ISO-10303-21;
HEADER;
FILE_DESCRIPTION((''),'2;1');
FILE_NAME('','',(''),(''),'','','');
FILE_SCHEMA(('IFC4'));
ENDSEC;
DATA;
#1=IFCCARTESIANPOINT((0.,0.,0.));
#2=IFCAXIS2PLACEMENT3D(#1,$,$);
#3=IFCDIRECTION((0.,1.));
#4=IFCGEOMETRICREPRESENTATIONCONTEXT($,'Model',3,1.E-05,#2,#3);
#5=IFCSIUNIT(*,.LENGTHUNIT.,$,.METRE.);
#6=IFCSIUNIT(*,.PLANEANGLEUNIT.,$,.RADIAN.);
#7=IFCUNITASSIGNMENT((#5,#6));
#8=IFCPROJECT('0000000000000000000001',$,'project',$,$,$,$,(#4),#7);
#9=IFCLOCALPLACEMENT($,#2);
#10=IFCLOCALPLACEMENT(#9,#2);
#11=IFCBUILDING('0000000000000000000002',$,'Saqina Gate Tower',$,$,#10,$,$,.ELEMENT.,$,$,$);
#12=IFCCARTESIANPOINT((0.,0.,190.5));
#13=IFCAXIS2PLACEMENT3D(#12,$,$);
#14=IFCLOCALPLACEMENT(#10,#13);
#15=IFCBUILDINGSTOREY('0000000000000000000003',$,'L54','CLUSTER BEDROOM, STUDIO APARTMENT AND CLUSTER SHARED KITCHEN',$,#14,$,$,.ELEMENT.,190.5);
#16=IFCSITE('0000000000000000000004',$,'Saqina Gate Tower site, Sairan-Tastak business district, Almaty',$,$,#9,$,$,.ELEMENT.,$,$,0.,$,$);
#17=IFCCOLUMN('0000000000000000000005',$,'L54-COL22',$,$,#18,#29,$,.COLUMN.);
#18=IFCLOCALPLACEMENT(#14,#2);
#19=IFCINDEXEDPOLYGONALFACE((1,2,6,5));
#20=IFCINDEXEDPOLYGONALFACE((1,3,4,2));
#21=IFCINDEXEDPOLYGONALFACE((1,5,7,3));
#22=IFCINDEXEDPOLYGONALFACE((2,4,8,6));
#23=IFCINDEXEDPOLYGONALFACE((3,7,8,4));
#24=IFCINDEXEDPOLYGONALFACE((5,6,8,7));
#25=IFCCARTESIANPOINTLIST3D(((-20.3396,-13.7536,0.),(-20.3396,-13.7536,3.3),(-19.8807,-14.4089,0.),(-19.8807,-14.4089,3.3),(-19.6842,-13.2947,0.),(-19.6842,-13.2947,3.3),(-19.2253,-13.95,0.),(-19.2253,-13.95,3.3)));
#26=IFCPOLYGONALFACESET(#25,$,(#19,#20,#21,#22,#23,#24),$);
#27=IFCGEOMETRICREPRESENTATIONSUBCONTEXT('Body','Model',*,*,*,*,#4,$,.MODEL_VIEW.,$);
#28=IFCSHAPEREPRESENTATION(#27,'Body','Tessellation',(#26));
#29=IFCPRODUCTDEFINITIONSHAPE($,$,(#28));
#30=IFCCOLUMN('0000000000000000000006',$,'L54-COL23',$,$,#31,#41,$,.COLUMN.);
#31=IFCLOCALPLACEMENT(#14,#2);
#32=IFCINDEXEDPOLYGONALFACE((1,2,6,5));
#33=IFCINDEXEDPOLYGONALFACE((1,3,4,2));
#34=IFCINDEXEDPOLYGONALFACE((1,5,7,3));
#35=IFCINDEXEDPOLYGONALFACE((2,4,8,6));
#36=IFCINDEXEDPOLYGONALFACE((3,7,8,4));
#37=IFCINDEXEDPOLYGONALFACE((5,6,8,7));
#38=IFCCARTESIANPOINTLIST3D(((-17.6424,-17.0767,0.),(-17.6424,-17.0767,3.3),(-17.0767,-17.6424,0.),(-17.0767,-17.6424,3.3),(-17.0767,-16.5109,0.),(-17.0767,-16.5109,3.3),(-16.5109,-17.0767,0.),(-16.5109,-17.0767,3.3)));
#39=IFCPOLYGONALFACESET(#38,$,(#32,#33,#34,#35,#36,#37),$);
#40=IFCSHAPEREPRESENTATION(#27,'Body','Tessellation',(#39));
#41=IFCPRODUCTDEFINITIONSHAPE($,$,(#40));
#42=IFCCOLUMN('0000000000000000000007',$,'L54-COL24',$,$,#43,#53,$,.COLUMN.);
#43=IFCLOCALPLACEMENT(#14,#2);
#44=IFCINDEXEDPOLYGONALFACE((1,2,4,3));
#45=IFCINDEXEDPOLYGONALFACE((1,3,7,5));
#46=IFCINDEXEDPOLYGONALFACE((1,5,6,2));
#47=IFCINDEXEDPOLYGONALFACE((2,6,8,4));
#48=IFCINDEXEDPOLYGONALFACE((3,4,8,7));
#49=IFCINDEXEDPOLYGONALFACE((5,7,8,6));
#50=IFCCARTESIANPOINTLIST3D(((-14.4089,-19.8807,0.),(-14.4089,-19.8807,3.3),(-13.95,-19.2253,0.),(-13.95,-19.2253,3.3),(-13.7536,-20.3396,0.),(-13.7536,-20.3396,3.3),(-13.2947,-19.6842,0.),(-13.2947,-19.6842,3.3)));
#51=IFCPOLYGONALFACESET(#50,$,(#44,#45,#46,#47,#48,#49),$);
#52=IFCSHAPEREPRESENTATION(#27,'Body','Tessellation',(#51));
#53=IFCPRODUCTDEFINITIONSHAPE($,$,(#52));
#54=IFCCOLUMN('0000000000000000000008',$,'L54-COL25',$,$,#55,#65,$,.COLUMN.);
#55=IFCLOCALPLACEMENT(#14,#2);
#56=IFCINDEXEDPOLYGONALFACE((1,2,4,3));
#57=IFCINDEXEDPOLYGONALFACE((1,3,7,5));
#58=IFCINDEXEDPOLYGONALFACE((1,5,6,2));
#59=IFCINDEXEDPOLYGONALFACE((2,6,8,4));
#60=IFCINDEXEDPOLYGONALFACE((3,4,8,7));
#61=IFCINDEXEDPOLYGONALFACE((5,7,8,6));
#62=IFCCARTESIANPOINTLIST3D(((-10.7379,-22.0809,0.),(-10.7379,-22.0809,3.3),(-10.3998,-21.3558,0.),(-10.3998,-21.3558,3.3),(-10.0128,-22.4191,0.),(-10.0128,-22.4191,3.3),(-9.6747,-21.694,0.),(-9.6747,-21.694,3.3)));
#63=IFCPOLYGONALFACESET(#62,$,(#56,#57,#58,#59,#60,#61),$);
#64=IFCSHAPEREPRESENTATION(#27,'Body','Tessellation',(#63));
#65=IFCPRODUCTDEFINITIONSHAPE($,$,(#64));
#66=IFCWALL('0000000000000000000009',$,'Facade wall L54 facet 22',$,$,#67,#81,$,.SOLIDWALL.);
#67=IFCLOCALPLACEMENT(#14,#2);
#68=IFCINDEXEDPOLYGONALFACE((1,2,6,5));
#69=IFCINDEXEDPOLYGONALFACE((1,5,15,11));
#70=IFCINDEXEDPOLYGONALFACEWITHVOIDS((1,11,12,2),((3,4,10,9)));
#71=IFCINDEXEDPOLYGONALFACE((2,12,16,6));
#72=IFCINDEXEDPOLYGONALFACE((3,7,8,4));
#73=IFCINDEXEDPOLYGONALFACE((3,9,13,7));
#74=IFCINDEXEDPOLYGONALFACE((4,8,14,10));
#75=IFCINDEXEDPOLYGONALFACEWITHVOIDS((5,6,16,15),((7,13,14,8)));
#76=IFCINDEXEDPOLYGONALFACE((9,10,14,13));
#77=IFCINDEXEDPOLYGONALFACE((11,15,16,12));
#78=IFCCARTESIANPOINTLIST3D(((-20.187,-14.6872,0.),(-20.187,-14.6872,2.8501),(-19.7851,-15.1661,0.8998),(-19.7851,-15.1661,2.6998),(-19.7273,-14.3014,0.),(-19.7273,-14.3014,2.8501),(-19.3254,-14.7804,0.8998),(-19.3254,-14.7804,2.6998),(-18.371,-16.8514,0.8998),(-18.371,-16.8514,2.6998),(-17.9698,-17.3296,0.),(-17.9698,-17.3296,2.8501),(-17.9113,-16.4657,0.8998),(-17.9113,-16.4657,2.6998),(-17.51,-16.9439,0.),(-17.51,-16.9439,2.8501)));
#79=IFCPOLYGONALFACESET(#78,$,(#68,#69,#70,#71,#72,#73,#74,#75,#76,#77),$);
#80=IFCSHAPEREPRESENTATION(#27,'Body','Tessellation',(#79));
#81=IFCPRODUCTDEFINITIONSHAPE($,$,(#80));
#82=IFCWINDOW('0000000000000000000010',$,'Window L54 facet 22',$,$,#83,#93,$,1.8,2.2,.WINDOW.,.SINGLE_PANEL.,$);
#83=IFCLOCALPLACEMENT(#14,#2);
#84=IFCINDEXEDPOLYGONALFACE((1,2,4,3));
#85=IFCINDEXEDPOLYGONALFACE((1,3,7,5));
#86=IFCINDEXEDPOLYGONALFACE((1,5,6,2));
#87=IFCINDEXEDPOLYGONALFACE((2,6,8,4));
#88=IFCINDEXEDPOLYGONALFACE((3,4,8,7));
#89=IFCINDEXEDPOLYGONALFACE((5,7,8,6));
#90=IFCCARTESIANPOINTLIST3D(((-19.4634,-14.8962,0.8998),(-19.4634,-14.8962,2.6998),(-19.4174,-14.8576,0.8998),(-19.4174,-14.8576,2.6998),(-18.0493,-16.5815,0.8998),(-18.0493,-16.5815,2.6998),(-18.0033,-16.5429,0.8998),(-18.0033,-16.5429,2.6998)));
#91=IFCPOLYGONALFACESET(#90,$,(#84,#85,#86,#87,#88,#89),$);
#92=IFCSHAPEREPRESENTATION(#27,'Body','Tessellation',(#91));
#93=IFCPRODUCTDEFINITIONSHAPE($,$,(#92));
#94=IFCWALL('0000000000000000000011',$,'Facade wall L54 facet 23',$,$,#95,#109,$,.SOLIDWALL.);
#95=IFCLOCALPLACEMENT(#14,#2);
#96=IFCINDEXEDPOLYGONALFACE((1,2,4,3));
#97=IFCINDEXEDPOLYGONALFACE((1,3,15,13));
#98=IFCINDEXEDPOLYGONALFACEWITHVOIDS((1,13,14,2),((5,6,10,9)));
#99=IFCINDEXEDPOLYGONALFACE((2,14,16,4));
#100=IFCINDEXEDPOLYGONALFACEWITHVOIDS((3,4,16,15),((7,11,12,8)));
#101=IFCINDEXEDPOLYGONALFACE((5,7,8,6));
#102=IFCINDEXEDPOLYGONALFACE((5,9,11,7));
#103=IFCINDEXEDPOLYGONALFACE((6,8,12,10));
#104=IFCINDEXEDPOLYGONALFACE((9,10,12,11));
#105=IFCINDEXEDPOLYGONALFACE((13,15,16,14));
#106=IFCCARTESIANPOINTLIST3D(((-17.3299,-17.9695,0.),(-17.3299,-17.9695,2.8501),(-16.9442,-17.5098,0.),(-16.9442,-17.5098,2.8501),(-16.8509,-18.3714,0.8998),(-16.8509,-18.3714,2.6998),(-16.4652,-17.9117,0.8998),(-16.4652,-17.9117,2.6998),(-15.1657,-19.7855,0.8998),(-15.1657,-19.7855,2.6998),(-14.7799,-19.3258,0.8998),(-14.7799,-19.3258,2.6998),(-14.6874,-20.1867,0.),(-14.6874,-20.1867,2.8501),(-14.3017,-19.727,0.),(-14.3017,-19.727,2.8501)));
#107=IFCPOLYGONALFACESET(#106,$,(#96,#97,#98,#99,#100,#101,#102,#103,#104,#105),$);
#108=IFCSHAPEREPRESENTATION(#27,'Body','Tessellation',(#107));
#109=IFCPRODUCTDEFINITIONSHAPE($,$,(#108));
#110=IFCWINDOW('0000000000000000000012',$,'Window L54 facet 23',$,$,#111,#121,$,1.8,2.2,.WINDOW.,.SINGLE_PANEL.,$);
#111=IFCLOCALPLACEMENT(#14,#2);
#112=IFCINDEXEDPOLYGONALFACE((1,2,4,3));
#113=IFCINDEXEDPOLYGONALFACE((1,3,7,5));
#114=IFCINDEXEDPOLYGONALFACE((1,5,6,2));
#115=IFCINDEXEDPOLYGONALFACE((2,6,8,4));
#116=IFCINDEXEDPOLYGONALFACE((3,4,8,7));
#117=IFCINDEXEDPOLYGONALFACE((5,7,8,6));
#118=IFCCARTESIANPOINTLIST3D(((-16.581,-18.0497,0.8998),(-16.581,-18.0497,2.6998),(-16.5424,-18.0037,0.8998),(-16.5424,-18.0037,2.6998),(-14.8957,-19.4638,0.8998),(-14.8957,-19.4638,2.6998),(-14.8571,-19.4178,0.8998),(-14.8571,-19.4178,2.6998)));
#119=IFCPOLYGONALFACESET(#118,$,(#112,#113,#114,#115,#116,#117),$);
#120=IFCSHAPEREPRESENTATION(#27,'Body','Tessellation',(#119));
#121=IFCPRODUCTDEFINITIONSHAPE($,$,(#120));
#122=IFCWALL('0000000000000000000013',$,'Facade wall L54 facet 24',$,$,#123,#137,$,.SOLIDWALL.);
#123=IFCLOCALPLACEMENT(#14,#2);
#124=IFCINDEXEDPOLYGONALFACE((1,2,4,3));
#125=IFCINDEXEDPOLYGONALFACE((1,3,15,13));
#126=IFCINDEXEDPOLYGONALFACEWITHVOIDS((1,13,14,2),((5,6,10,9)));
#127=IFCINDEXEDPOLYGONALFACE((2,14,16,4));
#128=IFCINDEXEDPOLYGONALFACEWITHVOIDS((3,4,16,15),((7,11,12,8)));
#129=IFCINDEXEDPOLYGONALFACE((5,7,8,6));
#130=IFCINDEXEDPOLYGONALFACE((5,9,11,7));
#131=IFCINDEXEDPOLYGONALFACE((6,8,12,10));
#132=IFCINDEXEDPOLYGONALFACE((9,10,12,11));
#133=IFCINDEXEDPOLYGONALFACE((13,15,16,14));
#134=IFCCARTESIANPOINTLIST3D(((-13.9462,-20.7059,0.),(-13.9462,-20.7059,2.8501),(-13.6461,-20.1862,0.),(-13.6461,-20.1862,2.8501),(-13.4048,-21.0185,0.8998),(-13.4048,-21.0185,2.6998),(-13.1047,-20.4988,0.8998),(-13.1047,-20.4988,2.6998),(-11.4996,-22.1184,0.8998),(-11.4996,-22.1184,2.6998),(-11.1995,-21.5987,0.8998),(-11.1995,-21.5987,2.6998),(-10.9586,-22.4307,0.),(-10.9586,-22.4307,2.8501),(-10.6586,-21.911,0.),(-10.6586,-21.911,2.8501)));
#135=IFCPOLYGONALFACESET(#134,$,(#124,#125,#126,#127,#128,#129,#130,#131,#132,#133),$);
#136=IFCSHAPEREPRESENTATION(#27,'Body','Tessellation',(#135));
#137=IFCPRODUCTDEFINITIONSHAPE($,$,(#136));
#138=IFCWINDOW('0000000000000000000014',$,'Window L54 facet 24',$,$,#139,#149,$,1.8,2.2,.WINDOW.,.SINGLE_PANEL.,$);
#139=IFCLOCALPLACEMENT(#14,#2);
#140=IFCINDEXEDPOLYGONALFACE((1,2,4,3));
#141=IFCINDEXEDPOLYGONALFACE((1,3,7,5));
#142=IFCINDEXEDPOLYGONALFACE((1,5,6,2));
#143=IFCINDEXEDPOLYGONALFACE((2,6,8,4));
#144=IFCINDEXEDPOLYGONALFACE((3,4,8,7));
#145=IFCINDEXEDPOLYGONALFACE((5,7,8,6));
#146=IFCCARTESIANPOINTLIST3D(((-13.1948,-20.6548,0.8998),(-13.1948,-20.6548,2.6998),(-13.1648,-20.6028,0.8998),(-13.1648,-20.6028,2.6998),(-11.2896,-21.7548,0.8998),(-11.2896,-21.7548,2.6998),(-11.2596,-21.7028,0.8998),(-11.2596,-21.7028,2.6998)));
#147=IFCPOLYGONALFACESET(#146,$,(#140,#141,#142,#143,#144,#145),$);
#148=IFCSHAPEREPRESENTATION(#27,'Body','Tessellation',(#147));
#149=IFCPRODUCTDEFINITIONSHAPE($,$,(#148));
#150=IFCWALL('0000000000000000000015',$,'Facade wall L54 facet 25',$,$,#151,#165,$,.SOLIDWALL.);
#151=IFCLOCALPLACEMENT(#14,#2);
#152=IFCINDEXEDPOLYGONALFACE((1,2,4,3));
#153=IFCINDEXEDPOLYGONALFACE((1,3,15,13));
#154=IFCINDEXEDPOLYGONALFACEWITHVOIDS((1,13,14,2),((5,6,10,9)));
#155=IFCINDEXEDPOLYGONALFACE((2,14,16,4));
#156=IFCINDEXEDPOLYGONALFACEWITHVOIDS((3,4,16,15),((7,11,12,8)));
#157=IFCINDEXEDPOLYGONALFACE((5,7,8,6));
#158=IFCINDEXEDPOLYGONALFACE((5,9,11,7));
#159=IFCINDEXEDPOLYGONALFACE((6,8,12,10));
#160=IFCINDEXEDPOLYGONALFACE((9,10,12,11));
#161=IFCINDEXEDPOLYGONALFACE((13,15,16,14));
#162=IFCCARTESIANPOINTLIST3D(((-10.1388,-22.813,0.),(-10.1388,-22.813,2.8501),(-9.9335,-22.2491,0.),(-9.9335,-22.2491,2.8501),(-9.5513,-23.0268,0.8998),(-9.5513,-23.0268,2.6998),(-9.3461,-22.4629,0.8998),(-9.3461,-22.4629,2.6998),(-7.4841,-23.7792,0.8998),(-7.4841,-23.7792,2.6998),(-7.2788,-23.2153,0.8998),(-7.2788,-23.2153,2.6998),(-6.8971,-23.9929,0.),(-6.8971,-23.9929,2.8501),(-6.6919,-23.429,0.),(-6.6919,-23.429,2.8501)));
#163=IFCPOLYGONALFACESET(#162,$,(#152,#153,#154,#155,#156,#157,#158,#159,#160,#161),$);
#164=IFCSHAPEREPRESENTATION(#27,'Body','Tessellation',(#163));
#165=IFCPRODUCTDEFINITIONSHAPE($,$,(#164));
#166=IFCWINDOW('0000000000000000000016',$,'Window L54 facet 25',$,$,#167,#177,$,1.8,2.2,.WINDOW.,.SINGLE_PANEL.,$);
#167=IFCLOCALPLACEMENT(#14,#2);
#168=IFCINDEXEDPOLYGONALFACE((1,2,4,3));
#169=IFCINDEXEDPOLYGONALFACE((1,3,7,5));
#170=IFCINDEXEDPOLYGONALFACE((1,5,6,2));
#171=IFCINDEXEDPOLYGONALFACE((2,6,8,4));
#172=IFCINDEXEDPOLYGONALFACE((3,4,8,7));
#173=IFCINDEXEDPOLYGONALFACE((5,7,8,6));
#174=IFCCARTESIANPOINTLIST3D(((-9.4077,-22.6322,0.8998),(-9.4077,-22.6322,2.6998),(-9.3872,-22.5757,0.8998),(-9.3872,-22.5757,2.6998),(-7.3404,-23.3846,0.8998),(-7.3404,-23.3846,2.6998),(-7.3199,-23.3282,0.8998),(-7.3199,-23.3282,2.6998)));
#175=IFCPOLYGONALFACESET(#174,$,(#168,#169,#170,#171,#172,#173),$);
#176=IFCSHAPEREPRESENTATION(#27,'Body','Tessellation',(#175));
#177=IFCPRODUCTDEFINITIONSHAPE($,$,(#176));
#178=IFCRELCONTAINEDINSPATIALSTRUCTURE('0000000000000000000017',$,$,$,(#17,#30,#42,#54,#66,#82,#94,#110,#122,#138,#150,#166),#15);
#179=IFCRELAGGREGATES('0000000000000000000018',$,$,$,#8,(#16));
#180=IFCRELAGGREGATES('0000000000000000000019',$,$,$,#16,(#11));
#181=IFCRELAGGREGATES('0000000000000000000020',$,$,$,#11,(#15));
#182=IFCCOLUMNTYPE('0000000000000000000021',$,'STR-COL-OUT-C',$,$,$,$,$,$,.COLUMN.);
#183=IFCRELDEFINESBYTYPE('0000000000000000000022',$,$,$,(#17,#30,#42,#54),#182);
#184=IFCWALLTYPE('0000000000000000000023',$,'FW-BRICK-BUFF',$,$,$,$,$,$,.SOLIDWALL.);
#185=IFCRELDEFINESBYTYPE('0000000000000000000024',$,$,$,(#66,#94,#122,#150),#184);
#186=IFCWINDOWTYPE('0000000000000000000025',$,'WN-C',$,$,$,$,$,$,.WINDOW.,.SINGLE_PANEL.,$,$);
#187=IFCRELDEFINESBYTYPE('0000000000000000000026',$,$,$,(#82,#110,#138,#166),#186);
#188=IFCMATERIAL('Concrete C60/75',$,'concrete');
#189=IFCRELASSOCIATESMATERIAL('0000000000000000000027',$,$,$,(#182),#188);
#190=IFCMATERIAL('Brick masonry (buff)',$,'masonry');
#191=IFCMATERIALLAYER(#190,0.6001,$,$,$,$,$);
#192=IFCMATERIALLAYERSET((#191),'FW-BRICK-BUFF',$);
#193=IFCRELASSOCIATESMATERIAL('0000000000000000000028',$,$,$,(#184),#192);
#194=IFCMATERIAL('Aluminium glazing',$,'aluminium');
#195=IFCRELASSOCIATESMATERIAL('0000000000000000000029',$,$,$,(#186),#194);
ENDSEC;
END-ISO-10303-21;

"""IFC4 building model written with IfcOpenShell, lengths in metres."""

from ifc_helpers import new_model, si_unit, direction, frame, frame_2d, origin, origin_2d, place, context, subcontext, project, spatial, rectangle, extrude, material, layer, layer_set, material_profile, profile_set, type_object, element, fill, save


model = new_model("IFC4")

# Units and contexts
model_context = context("Model", 3, precision=1e-05, world=origin(), true_north=direction((0.0, 1.0)))
body_context = subcontext(model_context, "Body", "Model", "MODEL_VIEW")
ifc_project = project(units=[si_unit("LENGTHUNIT", "METRE"), si_unit("PLANEANGLEUNIT", "RADIAN")], contexts=[model_context])

# Site, building, storey
site_placement = place(None, origin())
site = spatial("IfcSite", under=ifc_project, at=site_placement, Name="Saqina Gate Tower site, Sairan-Tastak business district, Almaty", CompositionType="ELEMENT", RefElevation=0.0)
building_placement = place(site_placement, origin())
building = spatial("IfcBuilding", under=site, at=building_placement, Name="Saqina Gate Tower", CompositionType="ELEMENT")
storey_placement = place(building_placement, frame((0.0, 0.0, 190.5)))
storey = spatial("IfcBuildingStorey", under=building, at=storey_placement, Name="L54", Description="CLUSTER BEDROOM, STUDIO APARTMENT AND CLUSTER SHARED KITCHEN", CompositionType="ELEMENT", Elevation=190.5)

# Columns
ifc_material_1 = material(Name="Concrete C60/75", Category="concrete")
ifc_material_profile = material_profile(ifc_material_1, rectangle(XDim=0.8, YDim=0.8, at=origin_2d()), Name="RC 800x800")
ifc_profile_set = profile_set([ifc_material_profile], Name="Concrete C60/75")
column_type = type_object("IfcColumnType", Name="STR-COL-OUT-C", PredefinedType="COLUMN", material=ifc_profile_set)
for number, where, z_axis, x_axis, name in (
    (1, (-19.7825, -13.8518, 0.0), (0.0, 0.0, 1.0), (-0.819152, -0.573576, 0.0), "L54-COL22"),
    (2, (-17.0767, -17.0767, 0.0), (0.0, 0.0, 1.0), (-0.707107, -0.707107, 0.0), "L54-COL23"),
    (3, (-13.8518, -19.7825, 0.0), (0.0, 0.0, 1.0), (-0.573576, -0.819152, 0.0), "L54-COL24"),
    (4, (-10.2063, -21.8875, 0.0), (0.0, 0.0, 1.0), (-0.422618, -0.906308, 0.0), "L54-COL25"),
):
    element("IfcColumn", number, at=place(storey_placement, frame(where, z_axis=z_axis, x_axis=x_axis)), inside=storey, type_object=column_type, Name=name, PredefinedType="COLUMN", context=body_context, shape_type="SweptSolid", body=[
        extrude(rectangle(XDim=0.8, YDim=0.8, at=origin_2d()), origin(), (0.0, 0.0, 1.0), 3.3),
    ])

# Walls, openings, windows
ifc_material_2 = material(Name="Brick masonry (buff)", Category="masonry")
ifc_layer_1 = layer(ifc_material_2, 0.6001)
ifc_layer_set_1 = layer_set([ifc_layer_1], Name="FW-BRICK-BUFF")
wall_type_1 = type_object("IfcWallType", Name="FW-BRICK-BUFF", PredefinedType="SOLIDWALL", material=ifc_layer_set_1)
wall_1_placement = place(storey_placement, frame((-19.957, -14.4944, 0.0), z_axis=(0.0, 0.0, 1.0), x_axis=(0.64277, -0.766059, 0.0)))
wall_1 = element("IfcWall", 5, at=wall_1_placement, inside=storey, type_object=wall_type_1, Name="Facade wall L54 facet 22", PredefinedType="SOLIDWALL", context=body_context, shape_type="SweptSolid", body=[
    extrude(rectangle(XDim=3.4495, YDim=0.6001, at=frame_2d((1.7246, 0.0))), origin(), (0.0, 0.0, 1.0), 2.8501),
])
opening_1_placement = place(wall_1_placement, frame((0.625, 0.0, 0.8999)))
opening_1 = element("IfcOpeningElement", 6, at=opening_1_placement, cuts=wall_1, PredefinedType="OPENING", context=body_context, shape_type="SweptSolid", body=[
    extrude(rectangle(XDim=2.2, YDim=1.8, at=frame_2d((1.1001, 0.8999))), frame((0.0, 0.312, 0.0), z_axis=(0.0, -1.0, 0.0), x_axis=(1.0, 0.0, 0.0)), (0.0, 0.0, 1.0), 0.624),
])
ifc_material_3 = material(Name="Aluminium glazing", Category="aluminium")
window_type = type_object("IfcWindowType", Name="WN-C", PartitioningType="SINGLE_PANEL", PredefinedType="WINDOW", material=ifc_material_3)
window_1_placement = place(opening_1_placement, origin())
window_1 = element("IfcWindow", 7, at=window_1_placement, inside=storey, type_object=window_type, Name="Window L54 facet 22", OverallHeight=1.8, OverallWidth=2.2, PartitioningType="SINGLE_PANEL", PredefinedType="WINDOW", context=body_context, shape_type="SweptSolid", body=[
    extrude(rectangle(XDim=2.2, YDim=1.8, at=frame_2d((1.1001, 0.8999))), frame((0.0, 0.1799, 0.0), z_axis=(0.0, -1.0, 0.0), x_axis=(1.0, 0.0, 0.0)), (0.0, 0.0, 1.0), 0.0601),
])
fill(opening_1, window_1)
wall_2_placement = place(storey_placement, frame((-17.137, -17.7397, 0.0), z_axis=(0.0, 0.0, 1.0), x_axis=(0.766059, -0.64277, 0.0)))
wall_2 = element("IfcWall", 8, at=wall_2_placement, inside=storey, type_object=wall_type_1, Name="Facade wall L54 facet 23", PredefinedType="SOLIDWALL", context=body_context, shape_type="SweptSolid", body=[
    extrude(rectangle(XDim=3.4495, YDim=0.6001, at=frame_2d((1.7246, 0.0))), origin(), (0.0, 0.0, 1.0), 2.8501),
])
opening_2_placement = place(wall_2_placement, frame((0.625, 0.0, 0.8999)))
opening_2 = element("IfcOpeningElement", 9, at=opening_2_placement, cuts=wall_2, PredefinedType="OPENING", context=body_context, shape_type="SweptSolid", body=[
    extrude(rectangle(XDim=2.2, YDim=1.8, at=frame_2d((1.1001, 0.8999))), frame((0.0, 0.312, 0.0), z_axis=(0.0, -1.0, 0.0), x_axis=(1.0, 0.0, 0.0)), (0.0, 0.0, 1.0), 0.624),
])
window_2_placement = place(opening_2_placement, origin())
window_2 = element("IfcWindow", 10, at=window_2_placement, inside=storey, type_object=window_type, Name="Window L54 facet 23", OverallHeight=1.8, OverallWidth=2.2, PartitioningType="SINGLE_PANEL", PredefinedType="WINDOW", context=body_context, shape_type="SweptSolid", body=[
    extrude(rectangle(XDim=2.2, YDim=1.8, at=frame_2d((1.1001, 0.8999))), frame((0.0, 0.1799, 0.0), z_axis=(0.0, -1.0, 0.0), x_axis=(1.0, 0.0, 0.0)), (0.0, 0.0, 1.0), 0.0601),
])
fill(opening_2, window_2)
wall_3_placement = place(storey_placement, frame((-13.7961, -20.446, 0.0), z_axis=(0.0, 0.0, 1.0), x_axis=(0.866026, -0.499998, 0.0)))
wall_3 = element("IfcWall", 11, at=wall_3_placement, inside=storey, type_object=wall_type_1, Name="Facade wall L54 facet 24", PredefinedType="SOLIDWALL", context=body_context, shape_type="SweptSolid", body=[
    extrude(rectangle(XDim=3.4497, YDim=0.6001, at=frame_2d((1.7249, 0.0))), origin(), (0.0, 0.0, 1.0), 2.8501),
])
opening_3_placement = place(wall_3_placement, frame((0.625, 0.0, 0.8999)))
opening_3 = element("IfcOpeningElement", 12, at=opening_3_placement, cuts=wall_3, PredefinedType="OPENING", context=body_context, shape_type="SweptSolid", body=[
    extrude(rectangle(XDim=2.2, YDim=1.8, at=frame_2d((1.1001, 0.8999))), frame((0.0, 0.312, 0.0), z_axis=(0.0, -1.0, 0.0), x_axis=(1.0, 0.0, 0.0)), (0.0, 0.0, 1.0), 0.624),
])
window_3_placement = place(opening_3_placement, origin())
window_3 = element("IfcWindow", 13, at=window_3_placement, inside=storey, type_object=window_type, Name="Window L54 facet 24", OverallHeight=1.8, OverallWidth=2.2, PartitioningType="SINGLE_PANEL", PredefinedType="WINDOW", context=body_context, shape_type="SweptSolid", body=[
    extrude(rectangle(XDim=2.2, YDim=1.8, at=frame_2d((1.1001, 0.8999))), frame((0.0, 0.1799, 0.0), z_axis=(0.0, -1.0, 0.0), x_axis=(1.0, 0.0, 0.0)), (0.0, 0.0, 1.0), 0.0601),
])
fill(opening_3, window_3)
wall_4_placement = place(storey_placement, frame((-10.0361, -22.531, 0.0), z_axis=(0.0, 0.0, 1.0), x_axis=(0.939688, -0.342033, 0.0)))
wall_4 = element("IfcWall", 14, at=wall_4_placement, inside=storey, type_object=wall_type_1, Name="Facade wall L54 facet 25", PredefinedType="SOLIDWALL", context=body_context, shape_type="SweptSolid", body=[
    extrude(rectangle(XDim=3.4497, YDim=0.6001, at=frame_2d((1.7249, 0.0))), origin(), (0.0, 0.0, 1.0), 2.8501),
])
opening_4_placement = place(wall_4_placement, frame((0.625, 0.0, 0.8999)))
opening_4 = element("IfcOpeningElement", 15, at=opening_4_placement, cuts=wall_4, PredefinedType="OPENING", context=body_context, shape_type="SweptSolid", body=[
    extrude(rectangle(XDim=2.2, YDim=1.8, at=frame_2d((1.1001, 0.8999))), frame((0.0, 0.312, 0.0), z_axis=(0.0, -1.0, 0.0), x_axis=(1.0, 0.0, 0.0)), (0.0, 0.0, 1.0), 0.624),
])
window_4_placement = place(opening_4_placement, origin())
window_4 = element("IfcWindow", 16, at=window_4_placement, inside=storey, type_object=window_type, Name="Window L54 facet 25", OverallHeight=1.8, OverallWidth=2.2, PartitioningType="SINGLE_PANEL", PredefinedType="WINDOW", context=body_context, shape_type="SweptSolid", body=[
    extrude(rectangle(XDim=2.2, YDim=1.8, at=frame_2d((1.1001, 0.8999))), frame((0.0, 0.1799, 0.0), z_axis=(0.0, -1.0, 0.0), x_axis=(1.0, 0.0, 0.0)), (0.0, 0.0, 1.0), 0.0601),
])
fill(opening_4, window_4)

save(model, "model.ifc")
